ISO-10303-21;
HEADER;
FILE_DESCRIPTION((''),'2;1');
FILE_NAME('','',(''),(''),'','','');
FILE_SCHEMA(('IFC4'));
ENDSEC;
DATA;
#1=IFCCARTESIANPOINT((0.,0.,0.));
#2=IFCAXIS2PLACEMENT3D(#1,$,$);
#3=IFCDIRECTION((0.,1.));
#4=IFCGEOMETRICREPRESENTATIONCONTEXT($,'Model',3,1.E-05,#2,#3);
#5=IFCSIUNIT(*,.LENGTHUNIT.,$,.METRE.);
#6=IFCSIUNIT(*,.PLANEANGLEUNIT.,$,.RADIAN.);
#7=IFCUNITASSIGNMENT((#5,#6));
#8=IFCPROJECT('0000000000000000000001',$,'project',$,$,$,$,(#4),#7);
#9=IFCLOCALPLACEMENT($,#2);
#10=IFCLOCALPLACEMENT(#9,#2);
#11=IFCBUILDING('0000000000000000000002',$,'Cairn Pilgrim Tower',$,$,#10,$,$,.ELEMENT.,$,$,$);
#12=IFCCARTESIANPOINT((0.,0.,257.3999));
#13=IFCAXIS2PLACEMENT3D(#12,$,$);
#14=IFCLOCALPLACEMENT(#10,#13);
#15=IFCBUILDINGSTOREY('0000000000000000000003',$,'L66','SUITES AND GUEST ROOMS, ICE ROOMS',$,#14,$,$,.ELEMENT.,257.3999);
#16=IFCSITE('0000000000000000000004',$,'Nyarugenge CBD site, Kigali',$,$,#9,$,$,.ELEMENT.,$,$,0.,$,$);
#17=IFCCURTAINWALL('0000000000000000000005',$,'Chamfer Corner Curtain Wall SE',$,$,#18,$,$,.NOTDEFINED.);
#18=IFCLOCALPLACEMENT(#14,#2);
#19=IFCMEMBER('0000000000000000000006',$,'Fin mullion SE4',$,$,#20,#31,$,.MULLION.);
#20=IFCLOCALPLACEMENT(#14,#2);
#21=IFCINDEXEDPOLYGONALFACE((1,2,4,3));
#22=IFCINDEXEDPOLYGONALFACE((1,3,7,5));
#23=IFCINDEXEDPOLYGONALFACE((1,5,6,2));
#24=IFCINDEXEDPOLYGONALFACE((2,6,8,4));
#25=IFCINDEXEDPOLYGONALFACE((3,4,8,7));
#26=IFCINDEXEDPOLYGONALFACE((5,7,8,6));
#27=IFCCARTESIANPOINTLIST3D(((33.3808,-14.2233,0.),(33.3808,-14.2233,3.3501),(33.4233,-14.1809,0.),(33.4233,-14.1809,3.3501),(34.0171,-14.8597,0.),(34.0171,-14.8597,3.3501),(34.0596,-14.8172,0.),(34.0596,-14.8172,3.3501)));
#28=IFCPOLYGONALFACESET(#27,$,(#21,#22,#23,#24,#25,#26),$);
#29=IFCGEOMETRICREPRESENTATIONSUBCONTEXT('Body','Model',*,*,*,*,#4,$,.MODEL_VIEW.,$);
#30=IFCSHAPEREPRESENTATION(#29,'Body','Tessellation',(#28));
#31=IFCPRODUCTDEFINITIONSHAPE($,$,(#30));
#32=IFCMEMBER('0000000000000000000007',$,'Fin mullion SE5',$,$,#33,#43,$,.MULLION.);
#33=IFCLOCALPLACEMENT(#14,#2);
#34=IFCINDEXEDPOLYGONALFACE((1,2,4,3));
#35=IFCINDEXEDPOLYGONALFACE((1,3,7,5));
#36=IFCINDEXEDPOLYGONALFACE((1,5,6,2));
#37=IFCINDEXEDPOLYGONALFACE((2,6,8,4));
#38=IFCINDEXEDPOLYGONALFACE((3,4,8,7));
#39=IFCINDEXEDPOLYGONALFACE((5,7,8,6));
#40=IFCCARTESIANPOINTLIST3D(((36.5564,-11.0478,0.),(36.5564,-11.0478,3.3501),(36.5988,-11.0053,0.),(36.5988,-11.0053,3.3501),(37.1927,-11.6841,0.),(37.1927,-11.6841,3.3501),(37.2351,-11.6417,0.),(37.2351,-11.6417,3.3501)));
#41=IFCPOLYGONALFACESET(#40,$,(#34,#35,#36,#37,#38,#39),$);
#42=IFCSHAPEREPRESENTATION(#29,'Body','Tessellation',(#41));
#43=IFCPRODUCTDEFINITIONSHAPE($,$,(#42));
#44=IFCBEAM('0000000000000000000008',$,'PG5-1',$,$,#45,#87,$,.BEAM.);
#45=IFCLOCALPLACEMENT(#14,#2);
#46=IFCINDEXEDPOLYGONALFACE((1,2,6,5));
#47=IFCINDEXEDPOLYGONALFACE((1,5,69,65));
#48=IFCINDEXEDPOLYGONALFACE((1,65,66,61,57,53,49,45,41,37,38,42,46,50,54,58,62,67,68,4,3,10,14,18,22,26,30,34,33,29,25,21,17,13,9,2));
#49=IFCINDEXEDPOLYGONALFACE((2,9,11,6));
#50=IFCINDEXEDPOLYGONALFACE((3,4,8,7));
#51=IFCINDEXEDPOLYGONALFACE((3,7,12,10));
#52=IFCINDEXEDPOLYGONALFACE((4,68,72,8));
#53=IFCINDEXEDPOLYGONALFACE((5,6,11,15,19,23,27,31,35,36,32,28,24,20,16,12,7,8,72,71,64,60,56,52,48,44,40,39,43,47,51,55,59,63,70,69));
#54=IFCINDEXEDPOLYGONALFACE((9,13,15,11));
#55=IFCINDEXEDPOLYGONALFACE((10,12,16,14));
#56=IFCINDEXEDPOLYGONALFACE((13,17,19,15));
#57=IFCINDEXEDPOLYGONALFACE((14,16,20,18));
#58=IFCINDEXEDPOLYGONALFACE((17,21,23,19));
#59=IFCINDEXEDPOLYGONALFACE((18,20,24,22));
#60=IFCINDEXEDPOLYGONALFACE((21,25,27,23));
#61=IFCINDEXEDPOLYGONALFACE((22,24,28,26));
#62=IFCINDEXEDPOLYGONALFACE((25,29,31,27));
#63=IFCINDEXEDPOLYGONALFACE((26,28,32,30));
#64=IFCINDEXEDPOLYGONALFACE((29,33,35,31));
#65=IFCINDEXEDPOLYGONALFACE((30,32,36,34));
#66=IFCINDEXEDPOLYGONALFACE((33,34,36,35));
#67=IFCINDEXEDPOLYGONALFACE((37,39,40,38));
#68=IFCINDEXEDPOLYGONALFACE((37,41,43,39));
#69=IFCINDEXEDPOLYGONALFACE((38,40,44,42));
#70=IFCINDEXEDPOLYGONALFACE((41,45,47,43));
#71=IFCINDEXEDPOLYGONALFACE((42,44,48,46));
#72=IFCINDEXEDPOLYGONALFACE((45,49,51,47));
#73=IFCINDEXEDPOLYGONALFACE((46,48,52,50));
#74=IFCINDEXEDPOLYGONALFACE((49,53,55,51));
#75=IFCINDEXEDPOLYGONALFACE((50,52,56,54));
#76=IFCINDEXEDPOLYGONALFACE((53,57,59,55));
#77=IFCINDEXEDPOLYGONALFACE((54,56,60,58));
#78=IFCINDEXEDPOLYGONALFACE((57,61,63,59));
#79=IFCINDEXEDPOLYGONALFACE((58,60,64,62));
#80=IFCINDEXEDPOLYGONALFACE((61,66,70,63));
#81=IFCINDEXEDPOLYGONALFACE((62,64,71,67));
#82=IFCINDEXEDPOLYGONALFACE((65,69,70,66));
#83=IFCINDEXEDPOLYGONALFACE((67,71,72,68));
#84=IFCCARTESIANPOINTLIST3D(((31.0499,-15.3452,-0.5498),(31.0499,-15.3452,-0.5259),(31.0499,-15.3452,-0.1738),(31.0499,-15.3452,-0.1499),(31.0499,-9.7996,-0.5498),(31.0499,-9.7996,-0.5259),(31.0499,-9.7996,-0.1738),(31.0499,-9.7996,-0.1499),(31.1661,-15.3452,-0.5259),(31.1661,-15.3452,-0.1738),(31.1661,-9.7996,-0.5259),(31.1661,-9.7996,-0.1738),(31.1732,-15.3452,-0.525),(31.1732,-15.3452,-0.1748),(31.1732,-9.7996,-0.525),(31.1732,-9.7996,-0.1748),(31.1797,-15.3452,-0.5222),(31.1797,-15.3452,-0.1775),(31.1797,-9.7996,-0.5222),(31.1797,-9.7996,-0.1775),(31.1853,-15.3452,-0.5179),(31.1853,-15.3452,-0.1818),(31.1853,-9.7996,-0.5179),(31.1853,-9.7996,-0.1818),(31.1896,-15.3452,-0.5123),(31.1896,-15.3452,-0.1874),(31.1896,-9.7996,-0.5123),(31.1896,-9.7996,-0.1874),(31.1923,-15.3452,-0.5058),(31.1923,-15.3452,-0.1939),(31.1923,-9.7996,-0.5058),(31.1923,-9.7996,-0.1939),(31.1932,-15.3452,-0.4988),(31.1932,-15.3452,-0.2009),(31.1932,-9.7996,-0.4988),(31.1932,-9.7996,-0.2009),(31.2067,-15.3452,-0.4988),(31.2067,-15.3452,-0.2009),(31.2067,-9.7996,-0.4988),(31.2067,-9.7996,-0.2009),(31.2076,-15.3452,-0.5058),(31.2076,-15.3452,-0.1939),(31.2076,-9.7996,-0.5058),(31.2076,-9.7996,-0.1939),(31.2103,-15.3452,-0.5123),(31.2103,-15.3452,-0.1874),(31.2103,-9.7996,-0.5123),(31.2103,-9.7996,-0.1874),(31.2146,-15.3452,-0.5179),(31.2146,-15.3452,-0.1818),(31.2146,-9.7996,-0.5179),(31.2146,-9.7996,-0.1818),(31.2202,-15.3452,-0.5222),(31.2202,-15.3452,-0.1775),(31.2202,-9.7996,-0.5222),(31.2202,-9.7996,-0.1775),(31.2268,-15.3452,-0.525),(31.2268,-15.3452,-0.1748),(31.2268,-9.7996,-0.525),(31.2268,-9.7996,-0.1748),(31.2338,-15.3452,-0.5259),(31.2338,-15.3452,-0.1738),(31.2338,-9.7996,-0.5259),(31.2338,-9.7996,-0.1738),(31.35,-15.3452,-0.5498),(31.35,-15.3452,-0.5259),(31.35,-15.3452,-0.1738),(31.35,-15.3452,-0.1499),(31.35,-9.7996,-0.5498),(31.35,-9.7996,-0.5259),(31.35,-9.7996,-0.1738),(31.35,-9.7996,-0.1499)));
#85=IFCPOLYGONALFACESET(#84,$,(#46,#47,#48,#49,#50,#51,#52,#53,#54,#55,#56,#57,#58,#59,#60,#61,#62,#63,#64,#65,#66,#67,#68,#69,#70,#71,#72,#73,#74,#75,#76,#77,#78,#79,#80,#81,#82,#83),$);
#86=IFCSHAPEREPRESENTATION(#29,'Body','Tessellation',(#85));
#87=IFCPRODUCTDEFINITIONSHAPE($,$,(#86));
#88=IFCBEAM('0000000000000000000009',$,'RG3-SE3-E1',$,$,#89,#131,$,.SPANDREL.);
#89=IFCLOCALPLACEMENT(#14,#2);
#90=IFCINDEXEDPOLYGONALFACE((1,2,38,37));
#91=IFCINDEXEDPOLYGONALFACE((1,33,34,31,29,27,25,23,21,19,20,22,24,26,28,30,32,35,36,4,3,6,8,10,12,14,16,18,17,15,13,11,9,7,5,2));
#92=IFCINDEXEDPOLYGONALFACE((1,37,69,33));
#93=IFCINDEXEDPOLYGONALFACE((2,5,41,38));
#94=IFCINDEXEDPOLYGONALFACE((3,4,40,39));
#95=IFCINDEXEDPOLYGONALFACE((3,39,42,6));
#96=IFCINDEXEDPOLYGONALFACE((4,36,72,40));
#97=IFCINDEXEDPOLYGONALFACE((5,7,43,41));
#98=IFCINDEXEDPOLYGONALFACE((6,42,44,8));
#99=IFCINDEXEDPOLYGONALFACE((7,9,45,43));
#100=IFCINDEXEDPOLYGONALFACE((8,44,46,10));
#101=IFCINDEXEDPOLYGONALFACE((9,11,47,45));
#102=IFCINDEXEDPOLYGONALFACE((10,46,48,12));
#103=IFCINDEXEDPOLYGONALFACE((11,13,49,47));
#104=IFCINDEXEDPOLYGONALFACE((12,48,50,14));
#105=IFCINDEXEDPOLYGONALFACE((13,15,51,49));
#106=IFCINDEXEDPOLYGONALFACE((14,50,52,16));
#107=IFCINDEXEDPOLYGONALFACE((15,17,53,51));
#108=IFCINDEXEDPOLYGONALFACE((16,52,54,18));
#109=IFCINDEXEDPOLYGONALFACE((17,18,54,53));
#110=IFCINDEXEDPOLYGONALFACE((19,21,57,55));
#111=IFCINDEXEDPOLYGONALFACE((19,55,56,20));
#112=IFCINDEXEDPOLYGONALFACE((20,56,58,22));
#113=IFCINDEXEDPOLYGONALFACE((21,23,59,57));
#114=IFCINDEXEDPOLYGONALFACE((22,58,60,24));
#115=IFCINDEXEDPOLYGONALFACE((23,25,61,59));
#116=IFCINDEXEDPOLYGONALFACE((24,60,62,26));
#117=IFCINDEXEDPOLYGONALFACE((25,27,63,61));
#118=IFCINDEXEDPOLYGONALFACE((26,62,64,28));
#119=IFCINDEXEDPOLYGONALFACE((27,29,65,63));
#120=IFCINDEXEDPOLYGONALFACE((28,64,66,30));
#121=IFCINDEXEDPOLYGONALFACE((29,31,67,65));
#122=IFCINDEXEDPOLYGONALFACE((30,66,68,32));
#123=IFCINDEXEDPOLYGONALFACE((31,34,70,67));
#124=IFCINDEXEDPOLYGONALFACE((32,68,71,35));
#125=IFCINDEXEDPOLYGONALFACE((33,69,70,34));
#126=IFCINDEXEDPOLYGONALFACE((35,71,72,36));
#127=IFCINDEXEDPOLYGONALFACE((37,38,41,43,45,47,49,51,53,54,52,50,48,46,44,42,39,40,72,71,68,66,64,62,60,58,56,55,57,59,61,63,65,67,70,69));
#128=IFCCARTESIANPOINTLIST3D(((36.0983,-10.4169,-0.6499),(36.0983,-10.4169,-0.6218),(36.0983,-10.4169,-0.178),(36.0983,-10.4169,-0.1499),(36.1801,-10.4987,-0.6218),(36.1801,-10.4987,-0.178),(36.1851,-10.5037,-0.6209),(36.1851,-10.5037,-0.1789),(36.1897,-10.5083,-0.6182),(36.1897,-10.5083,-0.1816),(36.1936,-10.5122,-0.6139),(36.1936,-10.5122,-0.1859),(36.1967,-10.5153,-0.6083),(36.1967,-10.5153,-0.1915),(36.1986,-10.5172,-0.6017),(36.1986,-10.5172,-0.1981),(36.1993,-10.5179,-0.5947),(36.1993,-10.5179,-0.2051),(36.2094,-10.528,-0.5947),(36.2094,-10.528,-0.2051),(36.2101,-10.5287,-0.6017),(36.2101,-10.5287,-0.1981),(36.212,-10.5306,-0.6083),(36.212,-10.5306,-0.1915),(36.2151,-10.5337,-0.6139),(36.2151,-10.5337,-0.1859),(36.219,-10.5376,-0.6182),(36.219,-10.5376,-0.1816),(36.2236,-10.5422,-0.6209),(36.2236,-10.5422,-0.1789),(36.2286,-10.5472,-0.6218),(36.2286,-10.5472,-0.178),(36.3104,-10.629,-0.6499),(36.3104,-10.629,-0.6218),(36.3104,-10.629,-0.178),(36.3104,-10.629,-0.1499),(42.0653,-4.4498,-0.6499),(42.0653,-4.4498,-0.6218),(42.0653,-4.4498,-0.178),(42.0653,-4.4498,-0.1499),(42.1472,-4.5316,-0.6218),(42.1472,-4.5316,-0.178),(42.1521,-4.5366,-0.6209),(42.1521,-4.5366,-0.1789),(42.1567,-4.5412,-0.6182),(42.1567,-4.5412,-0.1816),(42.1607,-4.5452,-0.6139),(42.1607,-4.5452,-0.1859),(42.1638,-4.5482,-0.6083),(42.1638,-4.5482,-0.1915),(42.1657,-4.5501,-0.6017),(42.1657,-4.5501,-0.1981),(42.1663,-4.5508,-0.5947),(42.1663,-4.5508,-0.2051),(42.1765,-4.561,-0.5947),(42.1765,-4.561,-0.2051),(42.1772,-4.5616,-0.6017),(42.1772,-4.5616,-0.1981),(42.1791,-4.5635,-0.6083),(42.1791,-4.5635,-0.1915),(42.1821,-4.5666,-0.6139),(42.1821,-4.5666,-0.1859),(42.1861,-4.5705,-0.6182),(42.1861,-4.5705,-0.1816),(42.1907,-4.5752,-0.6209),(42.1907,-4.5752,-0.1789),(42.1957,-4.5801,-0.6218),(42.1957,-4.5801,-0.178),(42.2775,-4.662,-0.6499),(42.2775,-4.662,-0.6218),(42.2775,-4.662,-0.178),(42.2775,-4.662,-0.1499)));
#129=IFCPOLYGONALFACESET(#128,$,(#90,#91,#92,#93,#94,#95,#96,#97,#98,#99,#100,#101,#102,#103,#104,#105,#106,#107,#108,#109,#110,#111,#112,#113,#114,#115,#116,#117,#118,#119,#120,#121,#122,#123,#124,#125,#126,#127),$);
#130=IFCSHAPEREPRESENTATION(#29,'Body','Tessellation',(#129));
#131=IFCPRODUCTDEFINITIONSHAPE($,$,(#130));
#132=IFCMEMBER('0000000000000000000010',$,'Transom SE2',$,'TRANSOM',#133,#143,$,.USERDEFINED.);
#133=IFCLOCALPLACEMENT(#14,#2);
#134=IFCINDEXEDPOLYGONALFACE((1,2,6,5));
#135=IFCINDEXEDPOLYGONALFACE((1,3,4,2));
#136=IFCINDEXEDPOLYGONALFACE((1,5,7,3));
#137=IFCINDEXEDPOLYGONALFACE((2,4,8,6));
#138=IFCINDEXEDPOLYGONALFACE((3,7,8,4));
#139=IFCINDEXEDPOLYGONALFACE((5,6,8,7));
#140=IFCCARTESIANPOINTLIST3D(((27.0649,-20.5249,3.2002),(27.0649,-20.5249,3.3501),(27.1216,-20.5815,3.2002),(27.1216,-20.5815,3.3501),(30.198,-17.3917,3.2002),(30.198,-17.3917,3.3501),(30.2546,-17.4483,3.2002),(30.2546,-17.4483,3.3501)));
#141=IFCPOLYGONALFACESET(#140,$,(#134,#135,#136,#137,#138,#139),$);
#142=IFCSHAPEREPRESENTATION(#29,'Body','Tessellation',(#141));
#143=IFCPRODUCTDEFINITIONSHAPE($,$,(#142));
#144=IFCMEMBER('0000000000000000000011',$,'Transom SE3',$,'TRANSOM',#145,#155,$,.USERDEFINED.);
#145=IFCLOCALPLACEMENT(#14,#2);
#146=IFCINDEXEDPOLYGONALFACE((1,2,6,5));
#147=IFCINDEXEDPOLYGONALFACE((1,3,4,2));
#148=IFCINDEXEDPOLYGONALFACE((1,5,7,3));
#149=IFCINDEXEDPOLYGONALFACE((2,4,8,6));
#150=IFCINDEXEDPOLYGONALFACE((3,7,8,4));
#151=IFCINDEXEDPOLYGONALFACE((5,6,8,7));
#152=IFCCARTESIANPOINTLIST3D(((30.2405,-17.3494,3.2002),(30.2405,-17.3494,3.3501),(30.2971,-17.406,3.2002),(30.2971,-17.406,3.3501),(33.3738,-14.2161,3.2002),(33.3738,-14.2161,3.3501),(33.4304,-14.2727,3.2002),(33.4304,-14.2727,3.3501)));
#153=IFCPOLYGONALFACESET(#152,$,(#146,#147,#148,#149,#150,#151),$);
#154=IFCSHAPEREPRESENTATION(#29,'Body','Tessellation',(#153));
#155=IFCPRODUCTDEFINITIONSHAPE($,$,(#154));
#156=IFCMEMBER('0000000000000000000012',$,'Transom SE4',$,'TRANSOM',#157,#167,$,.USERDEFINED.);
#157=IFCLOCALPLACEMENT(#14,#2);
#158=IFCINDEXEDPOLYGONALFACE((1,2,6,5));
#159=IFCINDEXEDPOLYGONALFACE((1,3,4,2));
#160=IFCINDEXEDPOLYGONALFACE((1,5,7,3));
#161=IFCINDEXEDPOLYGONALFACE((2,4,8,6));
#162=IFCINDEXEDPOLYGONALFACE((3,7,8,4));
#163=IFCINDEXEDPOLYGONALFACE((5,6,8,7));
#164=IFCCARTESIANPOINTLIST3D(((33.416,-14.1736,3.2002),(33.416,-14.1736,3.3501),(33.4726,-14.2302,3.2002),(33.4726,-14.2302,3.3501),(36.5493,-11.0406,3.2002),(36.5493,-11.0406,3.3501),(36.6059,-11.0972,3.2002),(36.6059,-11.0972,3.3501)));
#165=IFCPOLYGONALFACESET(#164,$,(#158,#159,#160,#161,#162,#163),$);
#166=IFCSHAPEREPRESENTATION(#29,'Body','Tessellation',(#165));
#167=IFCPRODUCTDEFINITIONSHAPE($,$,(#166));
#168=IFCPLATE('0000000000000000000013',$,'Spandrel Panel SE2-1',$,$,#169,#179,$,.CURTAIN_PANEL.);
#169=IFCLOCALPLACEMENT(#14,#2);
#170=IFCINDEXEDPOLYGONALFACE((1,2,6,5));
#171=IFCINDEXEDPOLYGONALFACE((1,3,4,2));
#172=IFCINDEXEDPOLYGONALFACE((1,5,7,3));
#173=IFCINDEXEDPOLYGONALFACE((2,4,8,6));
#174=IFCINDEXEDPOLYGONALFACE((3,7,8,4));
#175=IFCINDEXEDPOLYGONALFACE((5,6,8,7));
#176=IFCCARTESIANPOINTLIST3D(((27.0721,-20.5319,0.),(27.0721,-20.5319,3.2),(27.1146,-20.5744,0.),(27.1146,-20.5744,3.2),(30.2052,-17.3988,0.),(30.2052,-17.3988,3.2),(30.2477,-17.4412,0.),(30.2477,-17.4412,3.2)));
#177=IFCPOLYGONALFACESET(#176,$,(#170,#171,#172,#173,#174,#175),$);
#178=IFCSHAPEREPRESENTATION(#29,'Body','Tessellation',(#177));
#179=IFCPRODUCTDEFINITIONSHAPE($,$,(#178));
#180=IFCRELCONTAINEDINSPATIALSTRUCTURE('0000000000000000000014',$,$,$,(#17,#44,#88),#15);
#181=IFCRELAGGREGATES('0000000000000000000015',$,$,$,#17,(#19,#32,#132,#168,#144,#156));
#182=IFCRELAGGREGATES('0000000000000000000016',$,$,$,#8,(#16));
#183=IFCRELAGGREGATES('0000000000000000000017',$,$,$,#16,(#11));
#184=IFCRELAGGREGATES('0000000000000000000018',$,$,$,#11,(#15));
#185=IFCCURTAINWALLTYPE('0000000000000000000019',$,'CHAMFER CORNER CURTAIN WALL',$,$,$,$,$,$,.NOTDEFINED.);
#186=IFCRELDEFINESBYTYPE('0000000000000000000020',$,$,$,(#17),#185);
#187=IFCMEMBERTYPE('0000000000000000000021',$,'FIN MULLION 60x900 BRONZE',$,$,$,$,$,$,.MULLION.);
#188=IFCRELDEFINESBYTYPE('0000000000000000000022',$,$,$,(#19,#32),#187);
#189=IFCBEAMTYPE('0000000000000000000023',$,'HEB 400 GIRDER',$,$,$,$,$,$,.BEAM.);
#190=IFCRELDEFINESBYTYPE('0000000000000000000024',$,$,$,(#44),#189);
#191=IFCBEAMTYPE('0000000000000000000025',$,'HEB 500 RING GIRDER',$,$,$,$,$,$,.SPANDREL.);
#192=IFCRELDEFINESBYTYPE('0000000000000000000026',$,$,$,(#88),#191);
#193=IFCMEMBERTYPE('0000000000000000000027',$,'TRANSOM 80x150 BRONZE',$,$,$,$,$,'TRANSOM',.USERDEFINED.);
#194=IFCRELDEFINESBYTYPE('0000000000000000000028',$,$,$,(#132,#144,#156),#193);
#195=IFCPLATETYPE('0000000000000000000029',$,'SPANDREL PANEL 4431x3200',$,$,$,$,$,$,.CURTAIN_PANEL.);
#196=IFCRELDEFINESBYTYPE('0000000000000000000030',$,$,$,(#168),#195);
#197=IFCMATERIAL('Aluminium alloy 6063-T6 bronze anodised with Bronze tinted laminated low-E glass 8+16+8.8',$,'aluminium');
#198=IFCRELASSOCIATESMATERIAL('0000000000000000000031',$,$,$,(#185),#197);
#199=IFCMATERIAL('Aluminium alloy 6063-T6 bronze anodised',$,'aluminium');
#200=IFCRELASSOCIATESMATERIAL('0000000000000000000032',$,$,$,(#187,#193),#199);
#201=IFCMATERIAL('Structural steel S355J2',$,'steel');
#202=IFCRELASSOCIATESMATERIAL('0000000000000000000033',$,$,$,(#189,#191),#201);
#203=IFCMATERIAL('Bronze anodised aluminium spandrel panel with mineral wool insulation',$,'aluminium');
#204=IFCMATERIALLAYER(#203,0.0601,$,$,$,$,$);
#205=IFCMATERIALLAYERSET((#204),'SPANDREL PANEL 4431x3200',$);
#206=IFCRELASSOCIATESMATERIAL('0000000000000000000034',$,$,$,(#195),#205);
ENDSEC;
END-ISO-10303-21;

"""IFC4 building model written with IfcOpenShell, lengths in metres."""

from ifc_helpers import new_model, si_unit, direction, frame, origin, origin_2d, place, context, subcontext, project, spatial, rectangle, i_section, extrude, material, layer, layer_set, material_profile, profile_set, type_object, element, aggregate, save


model = new_model("IFC4")

# Units and contexts
model_context = context("Model", 3, precision=1e-05, world=origin(), true_north=direction((0.0, 1.0)))
body_context = subcontext(model_context, "Body", "Model", "MODEL_VIEW")
ifc_project = project(units=[si_unit("LENGTHUNIT", "METRE"), si_unit("PLANEANGLEUNIT", "RADIAN")], contexts=[model_context])

# Site, building, storey
site_placement = place(None, origin())
site = spatial("IfcSite", under=ifc_project, at=site_placement, Name="Nyarugenge CBD site, Kigali", CompositionType="ELEMENT", RefElevation=0.0)
building_placement = place(site_placement, origin())
building = spatial("IfcBuilding", under=site, at=building_placement, Name="Cairn Pilgrim Tower", CompositionType="ELEMENT")
storey_placement = place(building_placement, frame((0.0, 0.0, 257.3999)))
storey = spatial("IfcBuildingStorey", under=building, at=storey_placement, Name="L66", Description="SUITES AND GUEST ROOMS, ICE ROOMS", CompositionType="ELEMENT", Elevation=257.3999)

# Shared definitions
ifc_material_1 = material(Name="Structural steel S355J2", Category="steel")

# Curtain wall, members
ifc_material_2 = material(Name="Aluminium alloy 6063-T6 bronze anodised with Bronze tinted laminated low-E glass 8+16+8.8", Category="aluminium")
curtain_wall_type = type_object("IfcCurtainWallType", Name="CHAMFER CORNER CURTAIN WALL", PredefinedType="NOTDEFINED", material=ifc_material_2)
curtain_wall_placement = place(storey_placement, origin())
curtain_wall = element("IfcCurtainWall", 1, at=curtain_wall_placement, inside=storey, type_object=curtain_wall_type, Name="Chamfer Corner Curtain Wall SE", PredefinedType="NOTDEFINED")
ifc_material_3 = material(Name="Aluminium alloy 6063-T6 bronze anodised", Category="aluminium")
ifc_material_profile_1 = material_profile(ifc_material_3, rectangle(XDim=0.8999, YDim=0.0601, at=origin_2d()), Name="FIN MULLION 60x900 BRONZE")
ifc_profile_set_1 = profile_set([ifc_material_profile_1], Name="Aluminium alloy 6063-T6 bronze anodised")
member_type_1 = type_object("IfcMemberType", Name="FIN MULLION 60x900 BRONZE", PredefinedType="MULLION", material=ifc_profile_set_1)
member_1_placement = place(storey_placement, frame((33.7202, -14.5203, 0.0), z_axis=(0.0, 0.0, 1.0), x_axis=(0.707107, -0.707107, 0.0)))
member_1 = element("IfcMember", 2, at=member_1_placement, type_object=member_type_1, Name="Fin mullion SE4", PredefinedType="MULLION", context=body_context, shape_type="SweptSolid", body=[
    extrude(rectangle(XDim=0.8999, YDim=0.0601, at=origin_2d()), origin(), (0.0, 0.0, 1.0), 3.3501),
])
member_2_placement = place(storey_placement, frame((36.8958, -11.3447, 0.0), z_axis=(0.0, 0.0, 1.0), x_axis=(0.707107, -0.707107, 0.0)))
member_2 = element("IfcMember", 3, at=member_2_placement, type_object=member_type_1, Name="Fin mullion SE5", PredefinedType="MULLION", context=body_context, shape_type="SweptSolid", body=[
    extrude(rectangle(XDim=0.8999, YDim=0.0601, at=origin_2d()), origin(), (0.0, 0.0, 1.0), 3.3501),
])

# Beams
ifc_material_profile_2 = material_profile(ifc_material_1, i_section(OverallWidth=0.3, OverallDepth=0.3999, WebThickness=0.0134, FlangeThickness=0.0239, FilletRadius=0.0271, at=origin_2d()), Name="HEB 400")
ifc_profile_set_2 = profile_set([ifc_material_profile_2], Name="Structural steel S355J2")
beam_type_1 = type_object("IfcBeamType", Name="HEB 400 GIRDER", PredefinedType="BEAM", material=ifc_profile_set_2)
beam_1_placement = place(storey_placement, frame((31.2, -15.3452, -0.3499), z_axis=(0.0, 1.0, 0.0), x_axis=(-1.0, 0.0, 0.0)))
element("IfcBeam", 4, at=beam_1_placement, inside=storey, type_object=beam_type_1, Name="PG5-1", PredefinedType="BEAM", context=body_context, shape_type="SweptSolid", body=[
    extrude(i_section(OverallWidth=0.3, OverallDepth=0.3999, WebThickness=0.0134, FlangeThickness=0.0239, FilletRadius=0.0271, at=origin_2d()), origin(), (0.0, 0.0, 1.0), 5.5457),
])
ifc_material_profile_3 = material_profile(ifc_material_1, i_section(OverallWidth=0.3, OverallDepth=0.5, WebThickness=0.0144, FlangeThickness=0.0281, FilletRadius=0.0271, at=origin_2d()), Name="HEB 500")
ifc_profile_set_3 = profile_set([ifc_material_profile_3], Name="Structural steel S355J2")
beam_type_2 = type_object("IfcBeamType", Name="HEB 500 RING GIRDER", PredefinedType="SPANDREL", material=ifc_profile_set_3)
beam_2_placement = place(storey_placement, frame((36.2043, -10.5229, -0.3999), z_axis=(0.707107, 0.707107, 0.0), x_axis=(-0.707107, 0.707107, 0.0)))
element("IfcBeam", 5, at=beam_2_placement, inside=storey, type_object=beam_type_2, Name="RG3-SE3-E1", PredefinedType="SPANDREL", context=body_context, shape_type="SweptSolid", body=[
    extrude(i_section(OverallWidth=0.3, OverallDepth=0.5, WebThickness=0.0144, FlangeThickness=0.0281, FilletRadius=0.0271, at=origin_2d()), origin(), (0.0, 0.0, 1.0), 8.4387),
])

# Members
ifc_material_profile_4 = material_profile(ifc_material_3, rectangle(XDim=0.0801, YDim=0.1499, at=origin_2d()), Name="TRANSOM 80x150 BRONZE")
ifc_profile_set_4 = profile_set([ifc_material_profile_4], Name="Aluminium alloy 6063-T6 bronze anodised")
member_type_2 = type_object("IfcMemberType", Name="TRANSOM 80x150 BRONZE", ElementType="TRANSOM", PredefinedType="USERDEFINED", material=ifc_profile_set_4)
member_3_placement = place(storey_placement, frame((27.0933, -20.5532, 3.2751), z_axis=(0.707079, 0.707134, 0.0), x_axis=(-0.707134, 0.707079, 0.0)))
member_3 = element("IfcMember", 6, at=member_3_placement, type_object=member_type_2, Name="Transom SE2", ObjectType="TRANSOM", PredefinedType="USERDEFINED", context=body_context, shape_type="SweptSolid", body=[
    extrude(rectangle(XDim=0.0801, YDim=0.1499, at=origin_2d()), origin(), (0.0, 0.0, 1.0), 4.4309),
])
member_4_placement = place(storey_placement, frame((30.2688, -17.3777, 3.2751), z_axis=(0.707107, 0.707107, 0.0), x_axis=(-0.707107, 0.707107, 0.0)))
member_4 = element("IfcMember", 7, at=member_4_placement, type_object=member_type_2, Name="Transom SE3", ObjectType="TRANSOM", PredefinedType="USERDEFINED", context=body_context, shape_type="SweptSolid", body=[
    extrude(rectangle(XDim=0.0801, YDim=0.1499, at=origin_2d()), origin(), (0.0, 0.0, 1.0), 4.4312),
])
member_5_placement = place(storey_placement, frame((33.4443, -14.2019, 3.2751), z_axis=(0.707134, 0.707079, 0.0), x_axis=(-0.707079, 0.707134, 0.0)))
member_5 = element("IfcMember", 8, at=member_5_placement, type_object=member_type_2, Name="Transom SE4", ObjectType="TRANSOM", PredefinedType="USERDEFINED", context=body_context, shape_type="SweptSolid", body=[
    extrude(rectangle(XDim=0.0801, YDim=0.1499, at=origin_2d()), origin(), (0.0, 0.0, 1.0), 4.4309),
])

# Plate
ifc_material_4 = material(Name="Bronze anodised aluminium spandrel panel with mineral wool insulation", Category="aluminium")
ifc_layer_1 = layer(ifc_material_4, 0.0601)
ifc_layer_set_1 = layer_set([ifc_layer_1], Name="SPANDREL PANEL 4431x3200")
plate_type = type_object("IfcPlateType", Name="SPANDREL PANEL 4431x3200", PredefinedType="CURTAIN_PANEL", material=ifc_layer_set_1)
plate_1_placement = place(storey_placement, frame((28.6599, -18.9866, 0.0), z_axis=(0.0, 0.0, 1.0), x_axis=(0.707107, 0.707107, 0.0)))
plate_1 = element("IfcPlate", 9, at=plate_1_placement, type_object=plate_type, Name="Spandrel Panel SE2-1", PredefinedType="CURTAIN_PANEL", context=body_context, shape_type="SweptSolid", body=[
    extrude(rectangle(XDim=4.4309, YDim=0.0601, at=origin_2d()), origin(), (0.0, 0.0, 1.0), 3.2),
])
aggregate(curtain_wall, [member_1, member_2, member_3, plate_1, member_4, member_5])

save(model, "model.ifc")
